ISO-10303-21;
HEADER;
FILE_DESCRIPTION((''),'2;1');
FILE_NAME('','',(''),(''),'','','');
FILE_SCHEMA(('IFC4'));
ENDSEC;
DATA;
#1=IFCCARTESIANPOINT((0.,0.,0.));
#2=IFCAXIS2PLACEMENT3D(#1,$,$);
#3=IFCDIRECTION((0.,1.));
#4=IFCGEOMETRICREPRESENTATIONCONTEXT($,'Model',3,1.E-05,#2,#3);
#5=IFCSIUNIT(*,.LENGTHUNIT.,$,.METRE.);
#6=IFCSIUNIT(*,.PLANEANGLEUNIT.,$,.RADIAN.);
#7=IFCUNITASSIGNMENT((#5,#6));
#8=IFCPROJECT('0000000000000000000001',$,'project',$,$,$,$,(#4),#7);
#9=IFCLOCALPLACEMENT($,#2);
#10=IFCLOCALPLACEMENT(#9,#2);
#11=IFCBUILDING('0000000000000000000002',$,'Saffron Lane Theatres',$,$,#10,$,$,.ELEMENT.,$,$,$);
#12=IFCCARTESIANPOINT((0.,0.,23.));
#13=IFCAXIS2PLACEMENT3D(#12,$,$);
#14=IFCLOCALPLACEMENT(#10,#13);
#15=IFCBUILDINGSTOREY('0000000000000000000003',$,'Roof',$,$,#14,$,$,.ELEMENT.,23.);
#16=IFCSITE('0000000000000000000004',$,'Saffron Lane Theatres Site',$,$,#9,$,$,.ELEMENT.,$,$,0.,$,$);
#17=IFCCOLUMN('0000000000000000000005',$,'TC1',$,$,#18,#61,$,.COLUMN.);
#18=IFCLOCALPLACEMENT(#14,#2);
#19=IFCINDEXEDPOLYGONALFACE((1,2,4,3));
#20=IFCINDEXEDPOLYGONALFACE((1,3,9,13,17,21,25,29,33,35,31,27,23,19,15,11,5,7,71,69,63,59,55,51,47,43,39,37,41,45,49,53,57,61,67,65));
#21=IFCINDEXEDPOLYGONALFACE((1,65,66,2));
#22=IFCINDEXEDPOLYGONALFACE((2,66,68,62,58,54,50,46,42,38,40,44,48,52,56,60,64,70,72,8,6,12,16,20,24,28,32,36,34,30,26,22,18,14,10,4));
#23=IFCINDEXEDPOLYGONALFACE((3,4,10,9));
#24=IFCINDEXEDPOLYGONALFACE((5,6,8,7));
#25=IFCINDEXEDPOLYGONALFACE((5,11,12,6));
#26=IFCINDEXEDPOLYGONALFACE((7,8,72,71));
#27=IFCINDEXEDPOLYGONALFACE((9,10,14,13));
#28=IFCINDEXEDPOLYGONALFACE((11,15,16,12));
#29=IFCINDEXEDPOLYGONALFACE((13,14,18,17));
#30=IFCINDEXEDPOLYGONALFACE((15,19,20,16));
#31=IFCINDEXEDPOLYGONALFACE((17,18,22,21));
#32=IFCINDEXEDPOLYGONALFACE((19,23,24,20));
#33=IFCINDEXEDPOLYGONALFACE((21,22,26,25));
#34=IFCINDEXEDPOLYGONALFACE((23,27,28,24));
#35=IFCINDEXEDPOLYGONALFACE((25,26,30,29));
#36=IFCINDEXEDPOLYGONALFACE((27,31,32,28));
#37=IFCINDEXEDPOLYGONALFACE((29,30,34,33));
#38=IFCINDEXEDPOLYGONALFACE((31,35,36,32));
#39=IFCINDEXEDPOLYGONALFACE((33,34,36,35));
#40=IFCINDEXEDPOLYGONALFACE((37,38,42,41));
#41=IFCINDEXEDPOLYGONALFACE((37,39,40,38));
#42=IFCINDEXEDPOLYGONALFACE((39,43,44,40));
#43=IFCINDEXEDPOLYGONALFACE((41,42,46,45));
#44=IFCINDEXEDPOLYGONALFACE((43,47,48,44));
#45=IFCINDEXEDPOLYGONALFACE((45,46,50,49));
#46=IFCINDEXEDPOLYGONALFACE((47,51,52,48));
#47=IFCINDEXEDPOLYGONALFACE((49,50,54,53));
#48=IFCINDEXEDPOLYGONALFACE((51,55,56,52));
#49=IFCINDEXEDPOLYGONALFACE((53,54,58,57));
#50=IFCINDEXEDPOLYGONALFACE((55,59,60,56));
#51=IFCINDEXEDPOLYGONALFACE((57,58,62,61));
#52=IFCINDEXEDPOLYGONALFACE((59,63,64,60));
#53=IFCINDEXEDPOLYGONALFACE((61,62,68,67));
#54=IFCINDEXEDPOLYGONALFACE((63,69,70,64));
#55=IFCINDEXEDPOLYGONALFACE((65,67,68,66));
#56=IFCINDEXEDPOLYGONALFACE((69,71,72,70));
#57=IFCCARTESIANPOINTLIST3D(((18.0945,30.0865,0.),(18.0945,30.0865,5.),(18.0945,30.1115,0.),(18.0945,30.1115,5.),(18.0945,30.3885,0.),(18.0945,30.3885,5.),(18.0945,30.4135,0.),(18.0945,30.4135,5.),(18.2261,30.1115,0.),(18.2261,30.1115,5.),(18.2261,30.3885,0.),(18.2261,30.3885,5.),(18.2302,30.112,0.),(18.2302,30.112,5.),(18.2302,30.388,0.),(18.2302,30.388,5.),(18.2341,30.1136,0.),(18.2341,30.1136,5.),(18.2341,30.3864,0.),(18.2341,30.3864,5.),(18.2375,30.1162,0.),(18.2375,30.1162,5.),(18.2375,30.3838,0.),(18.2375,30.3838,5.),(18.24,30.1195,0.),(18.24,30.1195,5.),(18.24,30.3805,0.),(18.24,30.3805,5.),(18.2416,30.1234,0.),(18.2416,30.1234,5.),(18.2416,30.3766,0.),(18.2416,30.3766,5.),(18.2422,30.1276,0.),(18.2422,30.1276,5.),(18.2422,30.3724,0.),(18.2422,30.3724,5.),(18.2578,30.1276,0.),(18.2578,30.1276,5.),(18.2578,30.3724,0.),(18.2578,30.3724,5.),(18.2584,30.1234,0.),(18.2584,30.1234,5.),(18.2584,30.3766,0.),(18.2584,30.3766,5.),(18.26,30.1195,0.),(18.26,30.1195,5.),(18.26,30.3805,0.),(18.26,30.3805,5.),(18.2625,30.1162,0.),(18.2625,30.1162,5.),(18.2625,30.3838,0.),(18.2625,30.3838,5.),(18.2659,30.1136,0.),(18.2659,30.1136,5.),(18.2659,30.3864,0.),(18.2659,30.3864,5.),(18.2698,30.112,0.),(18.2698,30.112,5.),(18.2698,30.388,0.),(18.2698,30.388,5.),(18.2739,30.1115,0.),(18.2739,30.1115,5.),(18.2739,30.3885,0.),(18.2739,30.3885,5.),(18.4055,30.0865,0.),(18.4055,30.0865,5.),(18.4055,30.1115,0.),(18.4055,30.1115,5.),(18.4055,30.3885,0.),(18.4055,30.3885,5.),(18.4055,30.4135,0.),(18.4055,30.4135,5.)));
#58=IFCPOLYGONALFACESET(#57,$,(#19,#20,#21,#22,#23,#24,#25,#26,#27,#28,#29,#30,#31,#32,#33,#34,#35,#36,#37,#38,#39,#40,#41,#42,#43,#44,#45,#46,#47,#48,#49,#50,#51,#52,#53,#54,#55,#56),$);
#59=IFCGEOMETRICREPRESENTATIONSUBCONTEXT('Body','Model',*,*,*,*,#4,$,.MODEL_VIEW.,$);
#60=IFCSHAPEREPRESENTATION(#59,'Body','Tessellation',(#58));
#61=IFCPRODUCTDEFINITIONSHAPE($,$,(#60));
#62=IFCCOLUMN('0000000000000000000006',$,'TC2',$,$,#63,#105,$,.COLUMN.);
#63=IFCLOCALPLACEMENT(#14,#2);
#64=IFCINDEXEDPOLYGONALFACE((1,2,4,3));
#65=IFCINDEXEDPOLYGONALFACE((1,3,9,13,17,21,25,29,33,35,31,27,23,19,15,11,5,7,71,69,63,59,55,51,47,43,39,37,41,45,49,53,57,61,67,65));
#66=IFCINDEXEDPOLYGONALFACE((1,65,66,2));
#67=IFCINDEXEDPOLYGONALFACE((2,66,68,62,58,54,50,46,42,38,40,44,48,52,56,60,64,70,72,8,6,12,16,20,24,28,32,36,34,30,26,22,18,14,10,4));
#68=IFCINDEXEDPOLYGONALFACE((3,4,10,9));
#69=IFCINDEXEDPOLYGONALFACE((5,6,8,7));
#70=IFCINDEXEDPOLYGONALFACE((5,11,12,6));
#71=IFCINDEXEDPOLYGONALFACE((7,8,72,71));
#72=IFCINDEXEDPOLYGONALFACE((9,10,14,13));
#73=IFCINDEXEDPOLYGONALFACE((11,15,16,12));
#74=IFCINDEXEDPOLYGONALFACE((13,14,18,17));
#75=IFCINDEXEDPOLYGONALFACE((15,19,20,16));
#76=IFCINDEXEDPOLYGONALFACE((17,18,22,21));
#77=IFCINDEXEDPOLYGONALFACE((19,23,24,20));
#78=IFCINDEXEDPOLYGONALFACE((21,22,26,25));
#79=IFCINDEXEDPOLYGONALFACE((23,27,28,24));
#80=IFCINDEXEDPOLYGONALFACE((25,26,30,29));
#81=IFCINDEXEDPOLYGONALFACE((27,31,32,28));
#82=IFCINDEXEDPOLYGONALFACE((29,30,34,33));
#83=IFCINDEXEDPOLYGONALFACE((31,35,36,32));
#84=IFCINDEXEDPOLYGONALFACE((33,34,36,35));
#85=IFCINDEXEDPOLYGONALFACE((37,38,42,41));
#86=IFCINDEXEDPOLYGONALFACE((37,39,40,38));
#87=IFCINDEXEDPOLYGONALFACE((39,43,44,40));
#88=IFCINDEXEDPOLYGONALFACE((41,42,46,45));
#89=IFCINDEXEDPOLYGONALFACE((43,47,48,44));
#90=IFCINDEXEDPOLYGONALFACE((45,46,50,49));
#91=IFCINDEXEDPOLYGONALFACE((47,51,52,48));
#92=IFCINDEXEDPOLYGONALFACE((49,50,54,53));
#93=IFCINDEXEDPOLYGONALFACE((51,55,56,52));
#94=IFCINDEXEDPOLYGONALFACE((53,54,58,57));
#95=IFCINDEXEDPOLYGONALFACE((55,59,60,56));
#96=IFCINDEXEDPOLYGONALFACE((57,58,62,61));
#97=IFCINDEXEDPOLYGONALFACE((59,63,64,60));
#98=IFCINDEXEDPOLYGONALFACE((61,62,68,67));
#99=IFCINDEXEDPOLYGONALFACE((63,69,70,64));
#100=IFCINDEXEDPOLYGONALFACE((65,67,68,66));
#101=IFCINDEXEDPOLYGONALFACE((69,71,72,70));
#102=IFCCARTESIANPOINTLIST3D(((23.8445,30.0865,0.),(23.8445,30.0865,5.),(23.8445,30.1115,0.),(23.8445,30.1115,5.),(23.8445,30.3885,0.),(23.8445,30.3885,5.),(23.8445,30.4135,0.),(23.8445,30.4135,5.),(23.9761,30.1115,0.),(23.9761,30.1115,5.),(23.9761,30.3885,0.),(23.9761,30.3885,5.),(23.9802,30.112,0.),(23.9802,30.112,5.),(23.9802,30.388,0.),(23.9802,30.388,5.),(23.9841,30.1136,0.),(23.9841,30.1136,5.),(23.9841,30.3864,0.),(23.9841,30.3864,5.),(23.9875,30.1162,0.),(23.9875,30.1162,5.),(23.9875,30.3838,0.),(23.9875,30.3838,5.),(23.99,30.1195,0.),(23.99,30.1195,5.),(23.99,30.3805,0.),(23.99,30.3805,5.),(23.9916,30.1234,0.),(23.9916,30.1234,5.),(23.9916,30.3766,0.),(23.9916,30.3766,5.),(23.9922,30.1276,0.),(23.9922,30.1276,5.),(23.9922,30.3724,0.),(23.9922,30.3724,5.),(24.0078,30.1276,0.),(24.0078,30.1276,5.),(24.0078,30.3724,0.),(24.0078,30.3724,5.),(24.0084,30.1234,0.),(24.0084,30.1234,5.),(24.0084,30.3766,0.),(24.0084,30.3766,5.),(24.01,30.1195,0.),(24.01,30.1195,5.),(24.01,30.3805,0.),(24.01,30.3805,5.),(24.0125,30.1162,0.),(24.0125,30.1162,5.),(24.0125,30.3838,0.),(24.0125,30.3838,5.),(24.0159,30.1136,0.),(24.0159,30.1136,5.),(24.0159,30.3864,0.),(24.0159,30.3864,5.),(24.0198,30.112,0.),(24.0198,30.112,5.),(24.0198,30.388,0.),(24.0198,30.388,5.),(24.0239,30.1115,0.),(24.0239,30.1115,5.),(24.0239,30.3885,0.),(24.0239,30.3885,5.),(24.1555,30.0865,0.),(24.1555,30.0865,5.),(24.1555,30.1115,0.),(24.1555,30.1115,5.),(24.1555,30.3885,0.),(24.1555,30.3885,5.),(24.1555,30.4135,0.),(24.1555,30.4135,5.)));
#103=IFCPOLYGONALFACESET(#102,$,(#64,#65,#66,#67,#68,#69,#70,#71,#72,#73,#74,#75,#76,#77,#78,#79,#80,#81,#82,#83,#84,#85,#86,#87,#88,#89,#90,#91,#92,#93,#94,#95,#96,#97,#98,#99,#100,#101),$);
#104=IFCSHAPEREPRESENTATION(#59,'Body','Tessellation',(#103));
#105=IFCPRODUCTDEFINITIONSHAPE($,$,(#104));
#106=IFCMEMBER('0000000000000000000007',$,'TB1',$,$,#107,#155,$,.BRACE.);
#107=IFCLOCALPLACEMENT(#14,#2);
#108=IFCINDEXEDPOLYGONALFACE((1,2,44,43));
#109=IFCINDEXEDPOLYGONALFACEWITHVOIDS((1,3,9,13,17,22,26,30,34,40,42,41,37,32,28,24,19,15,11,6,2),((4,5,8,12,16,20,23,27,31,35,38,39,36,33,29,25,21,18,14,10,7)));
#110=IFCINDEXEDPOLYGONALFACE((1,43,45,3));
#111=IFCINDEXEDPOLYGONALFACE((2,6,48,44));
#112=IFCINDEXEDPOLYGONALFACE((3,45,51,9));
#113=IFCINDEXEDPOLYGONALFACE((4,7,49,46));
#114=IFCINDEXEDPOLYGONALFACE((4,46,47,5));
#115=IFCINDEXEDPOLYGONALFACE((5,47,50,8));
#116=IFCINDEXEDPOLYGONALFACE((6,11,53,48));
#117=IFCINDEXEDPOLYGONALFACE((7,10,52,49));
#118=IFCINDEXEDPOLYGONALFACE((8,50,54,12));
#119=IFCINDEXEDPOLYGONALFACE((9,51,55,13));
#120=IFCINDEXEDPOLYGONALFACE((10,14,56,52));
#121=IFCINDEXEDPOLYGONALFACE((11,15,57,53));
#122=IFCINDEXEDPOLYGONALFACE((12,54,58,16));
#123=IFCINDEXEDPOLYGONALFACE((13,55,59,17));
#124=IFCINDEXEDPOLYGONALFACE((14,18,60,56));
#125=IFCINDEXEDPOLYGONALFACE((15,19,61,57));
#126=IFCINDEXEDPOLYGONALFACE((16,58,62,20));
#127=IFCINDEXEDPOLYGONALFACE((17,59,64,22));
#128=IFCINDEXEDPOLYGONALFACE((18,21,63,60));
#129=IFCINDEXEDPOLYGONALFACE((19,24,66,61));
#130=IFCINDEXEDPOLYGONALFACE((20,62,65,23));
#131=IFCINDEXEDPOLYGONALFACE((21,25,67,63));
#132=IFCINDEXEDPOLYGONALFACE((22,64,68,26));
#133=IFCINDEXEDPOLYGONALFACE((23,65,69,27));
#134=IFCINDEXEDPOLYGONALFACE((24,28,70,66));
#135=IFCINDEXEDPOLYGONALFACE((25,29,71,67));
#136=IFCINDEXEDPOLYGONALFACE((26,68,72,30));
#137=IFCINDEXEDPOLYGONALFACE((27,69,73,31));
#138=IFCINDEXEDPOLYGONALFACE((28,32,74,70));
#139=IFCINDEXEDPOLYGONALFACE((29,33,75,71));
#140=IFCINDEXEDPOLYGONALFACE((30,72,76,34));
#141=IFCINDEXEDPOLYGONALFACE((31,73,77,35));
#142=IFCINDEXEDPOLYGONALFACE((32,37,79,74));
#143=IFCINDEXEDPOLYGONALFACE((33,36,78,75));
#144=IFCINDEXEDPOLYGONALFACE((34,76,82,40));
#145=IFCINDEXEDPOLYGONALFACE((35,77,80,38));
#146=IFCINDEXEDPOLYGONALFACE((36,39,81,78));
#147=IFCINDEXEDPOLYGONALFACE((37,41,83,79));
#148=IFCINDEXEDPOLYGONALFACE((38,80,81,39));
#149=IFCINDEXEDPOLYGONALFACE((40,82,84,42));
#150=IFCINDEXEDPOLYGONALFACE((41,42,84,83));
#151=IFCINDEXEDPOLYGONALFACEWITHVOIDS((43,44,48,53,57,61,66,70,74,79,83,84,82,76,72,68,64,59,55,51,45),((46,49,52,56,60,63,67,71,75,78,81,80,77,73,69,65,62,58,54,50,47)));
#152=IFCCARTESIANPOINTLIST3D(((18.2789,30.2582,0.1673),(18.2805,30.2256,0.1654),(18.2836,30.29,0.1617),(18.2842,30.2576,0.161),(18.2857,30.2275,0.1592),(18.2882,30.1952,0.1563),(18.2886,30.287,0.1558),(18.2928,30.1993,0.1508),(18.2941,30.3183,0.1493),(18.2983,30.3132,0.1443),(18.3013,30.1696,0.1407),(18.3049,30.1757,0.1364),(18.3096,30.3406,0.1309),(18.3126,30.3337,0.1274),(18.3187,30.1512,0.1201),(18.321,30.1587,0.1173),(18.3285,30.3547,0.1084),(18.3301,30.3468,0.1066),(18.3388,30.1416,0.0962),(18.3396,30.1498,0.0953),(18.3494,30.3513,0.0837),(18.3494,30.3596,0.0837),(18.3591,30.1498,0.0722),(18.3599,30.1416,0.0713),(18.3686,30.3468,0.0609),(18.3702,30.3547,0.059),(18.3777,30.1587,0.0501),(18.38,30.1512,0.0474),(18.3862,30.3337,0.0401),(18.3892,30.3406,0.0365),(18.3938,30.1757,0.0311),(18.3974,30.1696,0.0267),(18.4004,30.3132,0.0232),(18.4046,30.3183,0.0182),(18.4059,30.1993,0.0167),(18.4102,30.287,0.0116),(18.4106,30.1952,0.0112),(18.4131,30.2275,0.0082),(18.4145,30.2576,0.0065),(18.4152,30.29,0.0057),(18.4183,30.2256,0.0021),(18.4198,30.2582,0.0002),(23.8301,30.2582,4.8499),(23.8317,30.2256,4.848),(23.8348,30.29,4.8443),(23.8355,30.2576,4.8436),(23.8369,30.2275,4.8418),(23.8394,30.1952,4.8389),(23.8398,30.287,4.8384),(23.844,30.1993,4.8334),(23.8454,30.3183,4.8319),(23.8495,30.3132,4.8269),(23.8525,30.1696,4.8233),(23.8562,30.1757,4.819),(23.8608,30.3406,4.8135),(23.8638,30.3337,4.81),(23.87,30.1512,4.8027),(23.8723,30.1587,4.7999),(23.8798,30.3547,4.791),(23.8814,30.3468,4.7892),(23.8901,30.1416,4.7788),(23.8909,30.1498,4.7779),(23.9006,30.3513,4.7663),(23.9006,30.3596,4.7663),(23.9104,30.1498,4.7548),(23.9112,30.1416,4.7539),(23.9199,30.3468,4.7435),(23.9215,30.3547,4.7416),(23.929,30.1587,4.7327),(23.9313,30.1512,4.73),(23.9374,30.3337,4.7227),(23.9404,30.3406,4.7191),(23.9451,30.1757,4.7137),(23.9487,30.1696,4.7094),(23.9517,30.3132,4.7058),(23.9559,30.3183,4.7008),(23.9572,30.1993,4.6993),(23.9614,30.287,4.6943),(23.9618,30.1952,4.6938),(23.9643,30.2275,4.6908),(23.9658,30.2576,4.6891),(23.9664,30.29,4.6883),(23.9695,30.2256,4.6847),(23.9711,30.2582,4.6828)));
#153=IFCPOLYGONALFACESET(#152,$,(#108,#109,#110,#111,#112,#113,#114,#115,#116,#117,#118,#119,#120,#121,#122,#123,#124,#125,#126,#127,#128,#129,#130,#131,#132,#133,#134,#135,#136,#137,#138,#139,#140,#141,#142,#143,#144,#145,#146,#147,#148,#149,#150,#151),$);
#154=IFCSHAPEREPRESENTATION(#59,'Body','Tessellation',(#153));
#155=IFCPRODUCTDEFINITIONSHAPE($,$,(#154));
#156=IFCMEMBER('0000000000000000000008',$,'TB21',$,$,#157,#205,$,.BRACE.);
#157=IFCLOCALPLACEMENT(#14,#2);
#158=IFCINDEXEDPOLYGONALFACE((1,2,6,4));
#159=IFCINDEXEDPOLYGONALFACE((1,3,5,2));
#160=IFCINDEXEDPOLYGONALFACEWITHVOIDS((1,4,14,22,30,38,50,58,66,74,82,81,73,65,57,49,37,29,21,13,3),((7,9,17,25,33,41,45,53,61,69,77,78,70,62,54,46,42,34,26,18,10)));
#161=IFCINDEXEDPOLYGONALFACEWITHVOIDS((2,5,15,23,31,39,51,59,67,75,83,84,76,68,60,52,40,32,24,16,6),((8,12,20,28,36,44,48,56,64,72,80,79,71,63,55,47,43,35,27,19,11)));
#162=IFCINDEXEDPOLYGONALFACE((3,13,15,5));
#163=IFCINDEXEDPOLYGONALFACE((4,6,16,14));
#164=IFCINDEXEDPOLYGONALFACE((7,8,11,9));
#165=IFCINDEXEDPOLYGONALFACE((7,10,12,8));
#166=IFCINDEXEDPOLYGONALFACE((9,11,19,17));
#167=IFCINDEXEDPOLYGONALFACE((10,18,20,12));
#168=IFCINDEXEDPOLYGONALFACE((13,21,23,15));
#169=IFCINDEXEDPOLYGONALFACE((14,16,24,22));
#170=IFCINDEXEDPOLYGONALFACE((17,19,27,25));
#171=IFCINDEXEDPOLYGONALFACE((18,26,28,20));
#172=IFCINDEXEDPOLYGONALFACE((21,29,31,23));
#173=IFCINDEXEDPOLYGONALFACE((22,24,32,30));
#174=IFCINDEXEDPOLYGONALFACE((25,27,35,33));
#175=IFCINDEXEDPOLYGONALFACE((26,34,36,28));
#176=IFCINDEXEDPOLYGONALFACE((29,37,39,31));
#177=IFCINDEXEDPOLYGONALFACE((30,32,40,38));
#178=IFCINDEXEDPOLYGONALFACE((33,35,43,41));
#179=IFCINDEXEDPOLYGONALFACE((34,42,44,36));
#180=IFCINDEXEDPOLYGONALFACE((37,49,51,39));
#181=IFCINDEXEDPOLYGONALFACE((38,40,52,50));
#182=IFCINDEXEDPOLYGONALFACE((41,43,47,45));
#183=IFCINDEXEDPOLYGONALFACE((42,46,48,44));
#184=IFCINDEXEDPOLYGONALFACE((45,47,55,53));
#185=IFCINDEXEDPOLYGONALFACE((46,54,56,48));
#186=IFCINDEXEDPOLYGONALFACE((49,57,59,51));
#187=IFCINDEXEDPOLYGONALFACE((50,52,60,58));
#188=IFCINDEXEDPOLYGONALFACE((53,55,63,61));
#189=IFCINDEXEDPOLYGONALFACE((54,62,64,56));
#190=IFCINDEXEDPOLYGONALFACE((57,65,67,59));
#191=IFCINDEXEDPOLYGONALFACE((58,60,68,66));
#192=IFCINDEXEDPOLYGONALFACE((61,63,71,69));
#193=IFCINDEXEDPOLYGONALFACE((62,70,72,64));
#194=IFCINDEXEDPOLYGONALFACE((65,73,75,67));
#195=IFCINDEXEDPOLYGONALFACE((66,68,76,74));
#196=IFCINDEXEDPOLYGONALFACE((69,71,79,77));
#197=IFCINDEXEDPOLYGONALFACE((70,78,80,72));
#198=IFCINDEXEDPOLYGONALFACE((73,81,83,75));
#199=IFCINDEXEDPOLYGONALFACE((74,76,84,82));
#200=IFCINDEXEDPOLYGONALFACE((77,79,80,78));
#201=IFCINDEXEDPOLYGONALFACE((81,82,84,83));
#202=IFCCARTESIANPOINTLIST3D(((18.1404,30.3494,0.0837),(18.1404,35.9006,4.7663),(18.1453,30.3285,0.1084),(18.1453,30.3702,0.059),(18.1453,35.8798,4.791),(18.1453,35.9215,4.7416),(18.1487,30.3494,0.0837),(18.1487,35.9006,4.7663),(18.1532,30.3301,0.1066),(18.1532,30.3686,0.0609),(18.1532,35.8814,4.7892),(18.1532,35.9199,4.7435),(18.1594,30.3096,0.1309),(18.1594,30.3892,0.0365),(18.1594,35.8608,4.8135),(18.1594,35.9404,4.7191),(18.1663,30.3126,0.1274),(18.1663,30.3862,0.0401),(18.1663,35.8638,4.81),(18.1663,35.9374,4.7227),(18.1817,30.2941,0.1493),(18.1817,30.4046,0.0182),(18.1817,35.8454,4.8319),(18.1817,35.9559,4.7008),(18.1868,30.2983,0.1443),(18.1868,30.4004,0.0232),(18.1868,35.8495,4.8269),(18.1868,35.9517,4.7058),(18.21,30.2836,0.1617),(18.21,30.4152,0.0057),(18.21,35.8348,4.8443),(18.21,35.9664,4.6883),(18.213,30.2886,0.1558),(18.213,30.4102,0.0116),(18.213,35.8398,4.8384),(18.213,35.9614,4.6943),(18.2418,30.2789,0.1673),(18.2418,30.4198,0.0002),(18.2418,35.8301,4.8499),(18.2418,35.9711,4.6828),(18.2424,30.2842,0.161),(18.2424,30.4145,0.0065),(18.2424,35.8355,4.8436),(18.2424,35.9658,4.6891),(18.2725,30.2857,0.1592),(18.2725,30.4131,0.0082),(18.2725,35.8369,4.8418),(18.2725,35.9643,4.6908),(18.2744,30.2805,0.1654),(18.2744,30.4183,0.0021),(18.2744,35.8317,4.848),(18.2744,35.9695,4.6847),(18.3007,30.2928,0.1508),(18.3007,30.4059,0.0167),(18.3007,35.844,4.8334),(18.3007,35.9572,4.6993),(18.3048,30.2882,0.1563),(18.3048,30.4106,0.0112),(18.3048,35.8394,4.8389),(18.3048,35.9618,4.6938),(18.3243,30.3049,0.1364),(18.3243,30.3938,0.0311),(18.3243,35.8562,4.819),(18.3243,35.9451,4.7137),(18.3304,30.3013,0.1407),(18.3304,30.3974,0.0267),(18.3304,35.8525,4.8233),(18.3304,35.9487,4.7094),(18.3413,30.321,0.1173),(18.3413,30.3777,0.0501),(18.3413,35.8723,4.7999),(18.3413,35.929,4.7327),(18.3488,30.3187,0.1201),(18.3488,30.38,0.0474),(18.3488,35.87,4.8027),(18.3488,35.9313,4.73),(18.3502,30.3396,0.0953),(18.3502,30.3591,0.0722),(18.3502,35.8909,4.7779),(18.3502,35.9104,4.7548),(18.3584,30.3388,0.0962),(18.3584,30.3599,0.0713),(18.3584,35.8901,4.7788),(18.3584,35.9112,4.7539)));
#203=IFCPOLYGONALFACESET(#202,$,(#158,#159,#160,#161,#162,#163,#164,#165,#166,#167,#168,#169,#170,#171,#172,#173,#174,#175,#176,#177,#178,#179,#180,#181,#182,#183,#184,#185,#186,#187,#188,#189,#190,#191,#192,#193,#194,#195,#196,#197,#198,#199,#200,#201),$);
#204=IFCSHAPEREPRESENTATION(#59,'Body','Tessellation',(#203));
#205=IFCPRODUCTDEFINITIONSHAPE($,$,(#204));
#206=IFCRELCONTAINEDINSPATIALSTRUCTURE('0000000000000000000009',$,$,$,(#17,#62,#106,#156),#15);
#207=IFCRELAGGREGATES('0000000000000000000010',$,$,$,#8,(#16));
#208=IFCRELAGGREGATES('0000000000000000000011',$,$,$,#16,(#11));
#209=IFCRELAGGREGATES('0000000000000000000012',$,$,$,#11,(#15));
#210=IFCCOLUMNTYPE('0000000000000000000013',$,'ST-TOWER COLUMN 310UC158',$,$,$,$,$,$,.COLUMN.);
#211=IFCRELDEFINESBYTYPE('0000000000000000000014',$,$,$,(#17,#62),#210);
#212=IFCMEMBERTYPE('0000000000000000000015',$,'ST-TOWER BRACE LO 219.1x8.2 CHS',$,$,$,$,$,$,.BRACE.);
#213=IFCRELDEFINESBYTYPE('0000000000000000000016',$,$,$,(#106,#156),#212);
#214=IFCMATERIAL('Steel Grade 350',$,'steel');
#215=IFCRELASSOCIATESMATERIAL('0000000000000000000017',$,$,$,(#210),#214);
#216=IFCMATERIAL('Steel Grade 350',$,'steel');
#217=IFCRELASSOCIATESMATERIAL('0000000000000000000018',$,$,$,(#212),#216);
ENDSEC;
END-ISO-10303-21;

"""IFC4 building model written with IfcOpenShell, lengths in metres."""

from ifc_helpers import new_model, si_unit, direction, frame, origin, origin_2d, place, context, subcontext, project, spatial, hollow_circle, i_section, extrude, material, material_profile, profile_set, type_object, element, save


model = new_model("IFC4")

# Units and contexts
model_context = context("Model", 3, precision=1e-05, world=origin(), true_north=direction((0.0, 1.0)))
body_context = subcontext(model_context, "Body", "Model", "MODEL_VIEW")
ifc_project = project(units=[si_unit("LENGTHUNIT", "METRE"), si_unit("PLANEANGLEUNIT", "RADIAN")], contexts=[model_context])

# Site, building, storey
site_placement = place(None, origin())
site = spatial("IfcSite", under=ifc_project, at=site_placement, Name="Saffron Lane Theatres Site", CompositionType="ELEMENT", RefElevation=0.0)
building_placement = place(site_placement, origin())
building = spatial("IfcBuilding", under=site, at=building_placement, Name="Saffron Lane Theatres", CompositionType="ELEMENT")
storey_placement = place(building_placement, frame((0.0, 0.0, 23.0)))
storey = spatial("IfcBuildingStorey", under=building, at=storey_placement, Name="Roof", CompositionType="ELEMENT", Elevation=23.0)

# Columns
ifc_material_1 = material(Name="Steel Grade 350", Category="steel")
ifc_material_profile_1 = material_profile(ifc_material_1, i_section(OverallWidth=0.311, OverallDepth=0.3269, WebThickness=0.0156, FlangeThickness=0.0249, FilletRadius=0.0161, at=origin_2d()))
ifc_profile_set_1 = profile_set([ifc_material_profile_1], Name="Steel Grade 350")
column_type = type_object("IfcColumnType", Name="ST-TOWER COLUMN 310UC158", PredefinedType="COLUMN", material=ifc_profile_set_1)
for number, where, z_axis, x_axis, name in (
    (1, (18.25, 30.25, 0.0), (0.0, 0.0, 1.0), (1.0, 0.0, 0.0), "TC1"),
    (2, (24.0, 30.25, 0.0), (0.0, 0.0, 1.0), (1.0, 0.0, 0.0), "TC2"),
):
    element("IfcColumn", number, at=place(storey_placement, frame(where, z_axis=z_axis, x_axis=x_axis)), inside=storey, type_object=column_type, Name=name, PredefinedType="COLUMN", context=body_context, shape_type="SweptSolid", body=[
        extrude(i_section(OverallWidth=0.311, OverallDepth=0.3269, WebThickness=0.0156, FlangeThickness=0.0249, FilletRadius=0.0161, at=origin_2d()), origin(), (0.0, 0.0, 1.0), 5.0),
    ])

# Members
ifc_material_2 = material(Name="Steel Grade 350", Category="steel")
ifc_material_profile_2 = material_profile(ifc_material_2, hollow_circle(Radius=0.1096, WallThickness=0.0083, at=origin_2d()))
ifc_profile_set_2 = profile_set([ifc_material_profile_2], Name="Steel Grade 350")
member_type = type_object("IfcMemberType", Name="ST-TOWER BRACE LO 219.1x8.2 CHS", PredefinedType="BRACE", material=ifc_profile_set_2)
for number, where, z_axis, x_axis, name in (
    (3, (18.3494, 30.25, 0.0837), (0.764377, 0.0, 0.644769), (0.0, 1.0, 0.0), "TB1"),
    (4, (18.25, 30.3494, 0.0837), (0.0, 0.764377, 0.644769), (-1.0, 0.0, 0.0), "TB21"),
):
    element("IfcMember", number, at=place(storey_placement, frame(where, z_axis=z_axis, x_axis=x_axis)), inside=storey, type_object=member_type, Name=name, PredefinedType="BRACE", context=body_context, shape_type="SweptSolid", body=[
        extrude(hollow_circle(Radius=0.1096, WallThickness=0.0083, at=origin_2d()), origin(), (0.0, 0.0, 1.0), 7.2625),
    ])

save(model, "model.ifc")
